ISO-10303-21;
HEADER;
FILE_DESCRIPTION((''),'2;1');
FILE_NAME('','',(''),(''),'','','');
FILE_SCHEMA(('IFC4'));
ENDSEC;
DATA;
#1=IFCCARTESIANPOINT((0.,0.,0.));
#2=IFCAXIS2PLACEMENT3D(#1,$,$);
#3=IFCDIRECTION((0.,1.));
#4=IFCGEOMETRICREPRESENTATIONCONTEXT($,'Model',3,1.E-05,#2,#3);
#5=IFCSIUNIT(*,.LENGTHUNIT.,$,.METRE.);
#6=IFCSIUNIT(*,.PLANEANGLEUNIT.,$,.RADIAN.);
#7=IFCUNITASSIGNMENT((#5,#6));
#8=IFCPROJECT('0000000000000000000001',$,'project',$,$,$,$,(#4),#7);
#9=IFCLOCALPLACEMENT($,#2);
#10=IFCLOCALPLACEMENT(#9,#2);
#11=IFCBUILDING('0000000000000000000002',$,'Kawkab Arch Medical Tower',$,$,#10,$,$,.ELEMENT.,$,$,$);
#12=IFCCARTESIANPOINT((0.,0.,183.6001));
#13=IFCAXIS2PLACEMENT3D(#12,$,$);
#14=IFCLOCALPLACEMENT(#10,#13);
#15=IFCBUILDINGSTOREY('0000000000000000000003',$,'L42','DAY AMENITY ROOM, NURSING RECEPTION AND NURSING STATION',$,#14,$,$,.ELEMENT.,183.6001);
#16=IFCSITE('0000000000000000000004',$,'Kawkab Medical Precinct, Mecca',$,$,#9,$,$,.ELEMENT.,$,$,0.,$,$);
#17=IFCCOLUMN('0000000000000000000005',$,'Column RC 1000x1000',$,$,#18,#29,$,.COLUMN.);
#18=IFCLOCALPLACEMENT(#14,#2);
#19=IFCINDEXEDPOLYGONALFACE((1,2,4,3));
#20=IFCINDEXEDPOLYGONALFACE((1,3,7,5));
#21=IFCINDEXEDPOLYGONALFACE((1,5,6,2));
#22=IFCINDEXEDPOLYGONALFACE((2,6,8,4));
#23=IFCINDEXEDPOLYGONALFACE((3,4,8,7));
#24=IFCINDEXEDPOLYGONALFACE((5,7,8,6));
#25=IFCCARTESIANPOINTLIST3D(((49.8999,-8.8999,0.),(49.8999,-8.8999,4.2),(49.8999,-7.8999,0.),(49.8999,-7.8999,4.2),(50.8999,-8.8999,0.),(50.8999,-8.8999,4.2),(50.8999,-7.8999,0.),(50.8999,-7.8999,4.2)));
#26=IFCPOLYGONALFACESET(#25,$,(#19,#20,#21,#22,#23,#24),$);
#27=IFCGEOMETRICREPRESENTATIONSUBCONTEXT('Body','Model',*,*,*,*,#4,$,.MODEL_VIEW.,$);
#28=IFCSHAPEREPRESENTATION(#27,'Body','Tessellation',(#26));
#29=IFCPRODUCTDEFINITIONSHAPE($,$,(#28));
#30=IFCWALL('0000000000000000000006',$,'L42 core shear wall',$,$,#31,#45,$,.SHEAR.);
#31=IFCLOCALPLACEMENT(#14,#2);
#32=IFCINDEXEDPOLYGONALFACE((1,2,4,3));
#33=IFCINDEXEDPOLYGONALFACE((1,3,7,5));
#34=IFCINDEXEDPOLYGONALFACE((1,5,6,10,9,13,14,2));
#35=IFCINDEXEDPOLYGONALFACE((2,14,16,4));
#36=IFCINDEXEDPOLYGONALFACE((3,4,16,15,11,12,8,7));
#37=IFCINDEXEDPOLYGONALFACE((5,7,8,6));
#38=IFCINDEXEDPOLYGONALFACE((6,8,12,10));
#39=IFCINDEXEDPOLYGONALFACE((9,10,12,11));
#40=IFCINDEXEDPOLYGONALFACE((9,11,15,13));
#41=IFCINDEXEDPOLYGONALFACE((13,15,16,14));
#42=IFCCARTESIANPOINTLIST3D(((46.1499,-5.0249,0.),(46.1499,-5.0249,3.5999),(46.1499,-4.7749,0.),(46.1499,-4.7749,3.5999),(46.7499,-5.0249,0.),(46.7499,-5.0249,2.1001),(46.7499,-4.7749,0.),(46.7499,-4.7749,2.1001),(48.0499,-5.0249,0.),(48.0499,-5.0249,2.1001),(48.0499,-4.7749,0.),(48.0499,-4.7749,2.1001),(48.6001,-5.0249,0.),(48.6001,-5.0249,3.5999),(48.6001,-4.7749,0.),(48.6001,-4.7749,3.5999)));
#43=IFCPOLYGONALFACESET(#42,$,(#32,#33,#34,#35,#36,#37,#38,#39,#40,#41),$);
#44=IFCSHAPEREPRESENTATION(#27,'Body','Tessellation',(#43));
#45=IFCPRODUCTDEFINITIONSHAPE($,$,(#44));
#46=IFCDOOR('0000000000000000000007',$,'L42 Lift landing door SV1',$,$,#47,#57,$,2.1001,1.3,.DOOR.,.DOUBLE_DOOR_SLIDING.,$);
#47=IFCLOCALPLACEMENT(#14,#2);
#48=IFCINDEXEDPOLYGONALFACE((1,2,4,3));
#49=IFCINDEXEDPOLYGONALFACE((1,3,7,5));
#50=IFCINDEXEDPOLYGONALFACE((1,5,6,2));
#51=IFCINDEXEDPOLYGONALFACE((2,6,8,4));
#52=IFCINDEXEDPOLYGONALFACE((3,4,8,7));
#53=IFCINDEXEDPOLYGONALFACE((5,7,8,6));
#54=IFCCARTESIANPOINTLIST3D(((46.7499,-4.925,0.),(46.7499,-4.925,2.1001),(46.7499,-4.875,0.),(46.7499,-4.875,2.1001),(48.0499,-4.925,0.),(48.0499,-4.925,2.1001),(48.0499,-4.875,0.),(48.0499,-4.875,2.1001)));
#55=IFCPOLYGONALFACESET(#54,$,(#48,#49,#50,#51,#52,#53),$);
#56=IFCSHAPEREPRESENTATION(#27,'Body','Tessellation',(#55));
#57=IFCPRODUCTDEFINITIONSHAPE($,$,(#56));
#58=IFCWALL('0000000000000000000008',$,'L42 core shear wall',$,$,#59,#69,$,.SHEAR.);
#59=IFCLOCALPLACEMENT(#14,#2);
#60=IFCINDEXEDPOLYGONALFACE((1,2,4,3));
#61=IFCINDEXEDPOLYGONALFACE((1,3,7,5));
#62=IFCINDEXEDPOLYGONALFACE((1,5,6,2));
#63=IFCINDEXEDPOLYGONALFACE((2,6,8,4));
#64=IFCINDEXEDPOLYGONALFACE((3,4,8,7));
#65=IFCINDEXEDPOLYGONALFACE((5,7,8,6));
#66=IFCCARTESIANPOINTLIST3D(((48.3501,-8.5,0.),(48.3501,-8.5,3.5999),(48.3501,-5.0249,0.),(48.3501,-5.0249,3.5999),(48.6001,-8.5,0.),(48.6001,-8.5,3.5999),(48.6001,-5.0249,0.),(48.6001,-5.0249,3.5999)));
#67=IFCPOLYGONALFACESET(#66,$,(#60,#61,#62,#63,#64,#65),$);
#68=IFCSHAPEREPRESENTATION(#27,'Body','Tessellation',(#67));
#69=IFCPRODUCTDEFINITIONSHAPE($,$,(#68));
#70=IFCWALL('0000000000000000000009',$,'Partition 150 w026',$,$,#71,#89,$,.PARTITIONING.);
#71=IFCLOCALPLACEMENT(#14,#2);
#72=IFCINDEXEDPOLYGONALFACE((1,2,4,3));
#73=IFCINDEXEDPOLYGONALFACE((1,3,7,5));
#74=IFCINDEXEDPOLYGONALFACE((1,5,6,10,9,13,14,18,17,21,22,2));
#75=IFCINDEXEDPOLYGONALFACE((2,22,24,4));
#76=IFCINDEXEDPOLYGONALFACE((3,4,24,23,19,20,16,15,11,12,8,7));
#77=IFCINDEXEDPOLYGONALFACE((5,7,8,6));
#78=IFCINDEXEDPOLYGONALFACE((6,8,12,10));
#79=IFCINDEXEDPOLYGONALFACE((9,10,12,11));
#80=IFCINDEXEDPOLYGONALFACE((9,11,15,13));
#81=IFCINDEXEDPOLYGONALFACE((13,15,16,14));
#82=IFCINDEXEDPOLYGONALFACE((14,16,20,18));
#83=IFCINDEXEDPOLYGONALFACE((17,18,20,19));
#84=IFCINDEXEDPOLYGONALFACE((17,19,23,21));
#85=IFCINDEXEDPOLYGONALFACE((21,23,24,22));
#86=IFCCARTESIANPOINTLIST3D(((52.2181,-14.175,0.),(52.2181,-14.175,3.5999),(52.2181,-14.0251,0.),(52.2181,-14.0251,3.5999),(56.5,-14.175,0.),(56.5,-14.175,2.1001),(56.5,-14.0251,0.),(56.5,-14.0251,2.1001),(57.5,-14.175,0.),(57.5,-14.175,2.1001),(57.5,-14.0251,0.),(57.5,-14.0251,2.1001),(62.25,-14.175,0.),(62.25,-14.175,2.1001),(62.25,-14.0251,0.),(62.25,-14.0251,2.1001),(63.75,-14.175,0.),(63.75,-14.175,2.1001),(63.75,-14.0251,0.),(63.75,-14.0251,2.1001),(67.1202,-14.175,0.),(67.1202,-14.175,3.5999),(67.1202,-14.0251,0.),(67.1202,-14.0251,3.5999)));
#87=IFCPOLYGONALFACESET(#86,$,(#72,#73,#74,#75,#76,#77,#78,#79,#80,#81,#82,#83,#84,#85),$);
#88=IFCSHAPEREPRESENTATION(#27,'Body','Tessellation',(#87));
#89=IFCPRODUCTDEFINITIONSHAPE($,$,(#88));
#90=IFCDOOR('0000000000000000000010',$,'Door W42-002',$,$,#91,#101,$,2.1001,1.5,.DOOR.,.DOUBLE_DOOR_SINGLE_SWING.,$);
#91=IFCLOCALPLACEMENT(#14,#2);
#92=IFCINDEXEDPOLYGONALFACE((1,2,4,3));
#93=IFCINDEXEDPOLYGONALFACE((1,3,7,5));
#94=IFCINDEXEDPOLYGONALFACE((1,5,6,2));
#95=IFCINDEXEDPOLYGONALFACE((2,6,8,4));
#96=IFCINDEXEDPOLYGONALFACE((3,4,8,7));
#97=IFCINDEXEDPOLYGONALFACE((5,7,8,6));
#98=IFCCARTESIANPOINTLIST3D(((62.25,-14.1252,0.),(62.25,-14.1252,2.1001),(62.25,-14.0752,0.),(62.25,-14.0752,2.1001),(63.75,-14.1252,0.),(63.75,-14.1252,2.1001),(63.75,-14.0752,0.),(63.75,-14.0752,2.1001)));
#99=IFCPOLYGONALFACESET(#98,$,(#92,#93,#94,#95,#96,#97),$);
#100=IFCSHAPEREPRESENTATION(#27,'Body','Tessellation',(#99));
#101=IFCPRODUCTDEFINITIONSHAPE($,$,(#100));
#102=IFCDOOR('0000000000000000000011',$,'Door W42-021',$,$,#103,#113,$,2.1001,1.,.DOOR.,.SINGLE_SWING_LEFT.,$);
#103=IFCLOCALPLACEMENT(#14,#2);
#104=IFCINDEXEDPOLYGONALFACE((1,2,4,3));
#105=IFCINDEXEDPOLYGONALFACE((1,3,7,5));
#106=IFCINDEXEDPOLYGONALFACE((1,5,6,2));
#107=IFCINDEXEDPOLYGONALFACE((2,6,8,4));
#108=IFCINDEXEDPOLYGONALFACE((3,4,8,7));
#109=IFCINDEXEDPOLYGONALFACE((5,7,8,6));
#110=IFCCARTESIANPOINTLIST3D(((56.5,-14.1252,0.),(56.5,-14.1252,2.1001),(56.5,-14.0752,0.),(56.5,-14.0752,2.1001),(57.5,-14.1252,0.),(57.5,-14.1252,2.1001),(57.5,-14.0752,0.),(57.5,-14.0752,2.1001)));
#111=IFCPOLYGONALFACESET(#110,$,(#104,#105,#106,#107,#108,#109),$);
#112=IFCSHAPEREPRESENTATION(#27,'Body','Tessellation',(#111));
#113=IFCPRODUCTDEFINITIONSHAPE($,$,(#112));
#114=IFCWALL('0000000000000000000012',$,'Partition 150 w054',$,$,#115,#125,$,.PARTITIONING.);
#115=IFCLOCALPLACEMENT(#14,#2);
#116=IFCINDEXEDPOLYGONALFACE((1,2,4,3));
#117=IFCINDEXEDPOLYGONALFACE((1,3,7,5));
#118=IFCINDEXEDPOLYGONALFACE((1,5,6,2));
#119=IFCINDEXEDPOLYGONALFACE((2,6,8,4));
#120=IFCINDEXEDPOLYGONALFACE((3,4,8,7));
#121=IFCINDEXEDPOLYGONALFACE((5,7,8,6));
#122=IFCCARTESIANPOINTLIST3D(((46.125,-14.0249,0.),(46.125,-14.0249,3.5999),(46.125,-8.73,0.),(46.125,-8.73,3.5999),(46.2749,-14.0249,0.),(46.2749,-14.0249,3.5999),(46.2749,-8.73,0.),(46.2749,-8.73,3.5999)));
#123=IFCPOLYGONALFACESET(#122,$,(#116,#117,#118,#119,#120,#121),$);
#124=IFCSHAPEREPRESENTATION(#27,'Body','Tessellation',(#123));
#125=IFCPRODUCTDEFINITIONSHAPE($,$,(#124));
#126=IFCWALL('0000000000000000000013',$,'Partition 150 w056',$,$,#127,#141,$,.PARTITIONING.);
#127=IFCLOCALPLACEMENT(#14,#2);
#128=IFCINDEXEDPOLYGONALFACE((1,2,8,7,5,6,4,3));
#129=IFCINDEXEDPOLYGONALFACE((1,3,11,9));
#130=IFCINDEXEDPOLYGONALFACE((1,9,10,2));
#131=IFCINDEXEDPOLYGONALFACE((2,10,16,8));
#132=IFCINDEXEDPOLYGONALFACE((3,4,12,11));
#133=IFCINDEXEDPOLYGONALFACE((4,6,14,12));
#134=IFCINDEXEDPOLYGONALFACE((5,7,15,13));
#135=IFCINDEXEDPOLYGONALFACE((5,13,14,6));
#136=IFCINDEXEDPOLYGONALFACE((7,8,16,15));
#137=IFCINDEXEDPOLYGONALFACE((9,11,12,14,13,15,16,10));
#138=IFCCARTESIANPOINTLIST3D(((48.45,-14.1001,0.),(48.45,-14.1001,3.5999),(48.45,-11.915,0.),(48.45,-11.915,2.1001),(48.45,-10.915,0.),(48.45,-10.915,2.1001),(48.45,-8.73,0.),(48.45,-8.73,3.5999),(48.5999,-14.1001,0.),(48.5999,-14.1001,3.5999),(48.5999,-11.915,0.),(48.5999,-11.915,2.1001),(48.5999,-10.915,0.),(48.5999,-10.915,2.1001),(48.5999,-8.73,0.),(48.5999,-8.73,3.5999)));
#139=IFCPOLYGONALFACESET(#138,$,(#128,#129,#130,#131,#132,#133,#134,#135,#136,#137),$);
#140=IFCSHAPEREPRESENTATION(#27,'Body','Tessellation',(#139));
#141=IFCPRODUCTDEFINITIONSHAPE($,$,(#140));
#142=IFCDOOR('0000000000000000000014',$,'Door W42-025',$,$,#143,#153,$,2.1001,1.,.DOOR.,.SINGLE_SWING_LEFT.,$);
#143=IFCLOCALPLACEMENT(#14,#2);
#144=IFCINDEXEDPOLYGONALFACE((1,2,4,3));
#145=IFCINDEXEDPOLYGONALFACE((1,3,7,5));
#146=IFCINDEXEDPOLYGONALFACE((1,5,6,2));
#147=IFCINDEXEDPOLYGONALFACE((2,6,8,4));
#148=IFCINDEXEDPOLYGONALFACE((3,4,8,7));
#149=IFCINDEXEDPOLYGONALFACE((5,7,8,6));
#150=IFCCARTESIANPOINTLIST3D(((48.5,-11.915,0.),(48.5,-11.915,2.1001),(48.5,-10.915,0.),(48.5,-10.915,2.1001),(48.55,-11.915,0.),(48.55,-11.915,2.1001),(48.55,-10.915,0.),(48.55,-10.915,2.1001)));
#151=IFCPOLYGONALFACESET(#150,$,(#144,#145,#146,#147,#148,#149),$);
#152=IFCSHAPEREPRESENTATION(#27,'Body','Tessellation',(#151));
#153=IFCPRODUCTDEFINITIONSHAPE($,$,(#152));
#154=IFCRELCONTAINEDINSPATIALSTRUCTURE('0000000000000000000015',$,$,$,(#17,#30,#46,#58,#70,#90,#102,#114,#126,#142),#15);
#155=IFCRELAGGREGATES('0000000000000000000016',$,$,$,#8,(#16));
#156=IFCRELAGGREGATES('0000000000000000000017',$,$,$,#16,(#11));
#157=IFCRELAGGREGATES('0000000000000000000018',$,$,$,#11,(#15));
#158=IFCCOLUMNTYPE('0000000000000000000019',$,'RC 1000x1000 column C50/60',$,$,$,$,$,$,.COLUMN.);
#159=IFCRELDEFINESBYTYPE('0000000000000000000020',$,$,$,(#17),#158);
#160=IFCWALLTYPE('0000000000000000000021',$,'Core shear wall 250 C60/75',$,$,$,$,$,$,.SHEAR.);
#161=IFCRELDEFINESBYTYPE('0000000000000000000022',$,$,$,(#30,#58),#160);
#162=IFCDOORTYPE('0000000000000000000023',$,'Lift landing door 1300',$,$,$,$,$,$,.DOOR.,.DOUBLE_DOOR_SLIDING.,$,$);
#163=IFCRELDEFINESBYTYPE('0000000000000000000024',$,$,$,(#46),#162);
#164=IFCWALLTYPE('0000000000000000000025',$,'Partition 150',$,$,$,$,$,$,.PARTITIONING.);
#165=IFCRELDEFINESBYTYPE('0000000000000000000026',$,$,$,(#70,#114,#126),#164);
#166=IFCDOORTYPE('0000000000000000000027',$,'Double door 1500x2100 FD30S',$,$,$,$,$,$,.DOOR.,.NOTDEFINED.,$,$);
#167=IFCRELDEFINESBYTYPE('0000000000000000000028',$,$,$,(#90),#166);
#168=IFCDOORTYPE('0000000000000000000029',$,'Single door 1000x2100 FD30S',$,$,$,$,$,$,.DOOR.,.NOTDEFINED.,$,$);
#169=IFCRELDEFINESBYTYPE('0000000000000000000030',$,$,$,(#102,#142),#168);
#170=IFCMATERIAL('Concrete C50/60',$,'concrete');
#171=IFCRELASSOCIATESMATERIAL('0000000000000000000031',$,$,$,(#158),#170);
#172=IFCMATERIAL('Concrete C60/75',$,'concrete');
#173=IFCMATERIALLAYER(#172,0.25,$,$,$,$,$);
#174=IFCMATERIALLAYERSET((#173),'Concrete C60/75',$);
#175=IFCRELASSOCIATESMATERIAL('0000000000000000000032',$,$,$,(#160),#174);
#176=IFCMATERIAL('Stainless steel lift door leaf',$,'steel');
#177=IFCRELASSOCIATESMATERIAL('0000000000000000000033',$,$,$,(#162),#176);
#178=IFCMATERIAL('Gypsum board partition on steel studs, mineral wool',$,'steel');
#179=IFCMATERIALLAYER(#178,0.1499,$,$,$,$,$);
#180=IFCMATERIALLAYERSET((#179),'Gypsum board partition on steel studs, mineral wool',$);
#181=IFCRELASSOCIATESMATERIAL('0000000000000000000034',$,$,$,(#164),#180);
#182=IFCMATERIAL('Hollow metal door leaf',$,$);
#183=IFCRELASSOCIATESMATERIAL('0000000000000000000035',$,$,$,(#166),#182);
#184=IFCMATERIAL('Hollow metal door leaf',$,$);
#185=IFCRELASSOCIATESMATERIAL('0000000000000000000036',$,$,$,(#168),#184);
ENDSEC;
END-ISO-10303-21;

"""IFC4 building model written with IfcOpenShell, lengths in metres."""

from ifc_helpers import new_model, si_unit, direction, frame, frame_2d, origin, origin_2d, place, context, subcontext, project, spatial, rectangle, extrude, material, layer, layer_set, material_profile, profile_set, type_object, element, fill, save


model = new_model("IFC4")

# Units and contexts
model_context = context("Model", 3, precision=1e-05, world=origin(), true_north=direction((0.0, 1.0)))
body_context = subcontext(model_context, "Body", "Model", "MODEL_VIEW")
ifc_project = project(units=[si_unit("LENGTHUNIT", "METRE"), si_unit("PLANEANGLEUNIT", "RADIAN")], contexts=[model_context])

# Site, building, storey
site_placement = place(None, origin())
site = spatial("IfcSite", under=ifc_project, at=site_placement, Name="Kawkab Medical Precinct, Mecca", CompositionType="ELEMENT", RefElevation=0.0)
building_placement = place(site_placement, origin())
building = spatial("IfcBuilding", under=site, at=building_placement, Name="Kawkab Arch Medical Tower", CompositionType="ELEMENT")
storey_placement = place(building_placement, frame((0.0, 0.0, 183.6001)))
storey = spatial("IfcBuildingStorey", under=building, at=storey_placement, Name="L42", Description="DAY AMENITY ROOM, NURSING RECEPTION AND NURSING STATION", CompositionType="ELEMENT", Elevation=183.6001)

# Column
ifc_material_1 = material(Name="Concrete C50/60", Category="concrete")
ifc_material_profile = material_profile(ifc_material_1, rectangle(XDim=1.0, YDim=1.0, at=origin_2d()), Name="RC 1000x1000")
ifc_profile_set = profile_set([ifc_material_profile], Name="Concrete C50/60")
column_type = type_object("IfcColumnType", Name="RC 1000x1000 column C50/60", PredefinedType="COLUMN", material=ifc_profile_set)
column_placement = place(storey_placement, frame((50.3999, -8.3999, 0.0), z_axis=(0.0, 0.0, 1.0), x_axis=(1.0, 0.0, 0.0)))
element("IfcColumn", 1, at=column_placement, inside=storey, type_object=column_type, Name="Column RC 1000x1000", PredefinedType="COLUMN", context=body_context, shape_type="SweptSolid", body=[
    extrude(rectangle(XDim=1.0, YDim=1.0, at=origin_2d()), origin(), (0.0, 0.0, 1.0), 4.2),
])

# Wall, opening, door
ifc_material_2 = material(Name="Concrete C60/75", Category="concrete")
ifc_layer_1 = layer(ifc_material_2, 0.25)
ifc_layer_set_1 = layer_set([ifc_layer_1], Name="Concrete C60/75")
wall_type_1 = type_object("IfcWallType", Name="Core shear wall 250 C60/75", PredefinedType="SHEAR", material=ifc_layer_set_1)
wall_1_placement = place(storey_placement, frame((46.1499, -4.8999, 0.0), z_axis=(0.0, 0.0, 1.0), x_axis=(1.0, 0.0, 0.0)))
wall_1 = element("IfcWall", 2, at=wall_1_placement, inside=storey, type_object=wall_type_1, Name="L42 core shear wall", PredefinedType="SHEAR", context=body_context, shape_type="SweptSolid", body=[
    extrude(rectangle(XDim=2.4502, YDim=0.25, at=frame_2d((1.2251, 0.0))), origin(), (0.0, 0.0, 1.0), 3.5999),
])
opening_1_placement = place(wall_1_placement, frame((0.6001, 0.0, 0.0)))
opening_1 = element("IfcOpeningElement", 3, at=opening_1_placement, cuts=wall_1, PredefinedType="OPENING", context=body_context, shape_type="SweptSolid", body=[
    extrude(rectangle(XDim=1.3, YDim=2.1001, at=frame_2d((0.6499, 1.05))), frame((0.0, 0.135, 0.0), z_axis=(0.0, -1.0, 0.0), x_axis=(1.0, 0.0, 0.0)), (0.0, 0.0, 1.0), 0.27),
])
ifc_material_3 = material(Name="Stainless steel lift door leaf", Category="steel")
door_type_1 = type_object("IfcDoorType", Name="Lift landing door 1300", OperationType="DOUBLE_DOOR_SLIDING", PredefinedType="DOOR", material=ifc_material_3)
door_1_placement = place(opening_1_placement, origin())
door_1 = element("IfcDoor", 4, at=door_1_placement, inside=storey, type_object=door_type_1, Name="L42 Lift landing door SV1", OperationType="DOUBLE_DOOR_SLIDING", OverallHeight=2.1001, OverallWidth=1.3, PredefinedType="DOOR", context=body_context, shape_type="SweptSolid", body=[
    extrude(rectangle(XDim=1.3, YDim=2.1001, at=frame_2d((0.6499, 1.05))), frame((0.0, 0.0249, 0.0), z_axis=(0.0, -1.0, 0.0), x_axis=(1.0, 0.0, 0.0)), (0.0, 0.0, 1.0), 0.05),
])
fill(opening_1, door_1)

# Wall
wall_2_placement = place(storey_placement, frame((48.4751, -8.5, 0.0), z_axis=(0.0, 0.0, 1.0), x_axis=(0.0, 1.0, 0.0)))
element("IfcWall", 5, at=wall_2_placement, inside=storey, type_object=wall_type_1, Name="L42 core shear wall", PredefinedType="SHEAR", context=body_context, shape_type="SweptSolid", body=[
    extrude(rectangle(XDim=3.4751, YDim=0.25, at=frame_2d((1.7375, 0.0))), origin(), (0.0, 0.0, 1.0), 3.5999),
])

# Wall, openings, doors
ifc_material_4 = material(Name="Gypsum board partition on steel studs, mineral wool", Category="steel")
ifc_layer_2 = layer(ifc_material_4, 0.1499)
ifc_layer_set_2 = layer_set([ifc_layer_2], Name="Gypsum board partition on steel studs, mineral wool")
wall_type_2 = type_object("IfcWallType", Name="Partition 150", PredefinedType="PARTITIONING", material=ifc_layer_set_2)
wall_3_placement = place(storey_placement, frame((52.218, -14.1001, 0.0), z_axis=(0.0, 0.0, 1.0), x_axis=(1.0, 0.0, 0.0)))
wall_3 = element("IfcWall", 6, at=wall_3_placement, inside=storey, type_object=wall_type_2, Name="Partition 150 w026", PredefinedType="PARTITIONING", context=body_context, shape_type="SweptSolid", body=[
    extrude(rectangle(XDim=14.9021, YDim=0.1499, at=frame_2d((7.4512, 0.0))), origin(), (0.0, 0.0, 1.0), 3.5999),
])
opening_2_placement = place(wall_3_placement, frame((4.282, 0.0, 0.0)))
opening_2 = element("IfcOpeningElement", 7, at=opening_2_placement, cuts=wall_3, PredefinedType="OPENING", context=body_context, shape_type="SweptSolid", body=[
    extrude(rectangle(XDim=1.0, YDim=2.1001, at=frame_2d((0.5, 1.05))), frame((0.0, 0.085, 0.0), z_axis=(0.0, -1.0, 0.0), x_axis=(1.0, 0.0, 0.0)), (0.0, 0.0, 1.0), 0.1699),
])
opening_3_placement = place(wall_3_placement, frame((10.032, 0.0, 0.0)))
opening_3 = element("IfcOpeningElement", 8, at=opening_3_placement, cuts=wall_3, PredefinedType="OPENING", context=body_context, shape_type="SweptSolid", body=[
    extrude(rectangle(XDim=1.5, YDim=2.1001, at=frame_2d((0.75, 1.05))), frame((0.0, 0.085, 0.0), z_axis=(0.0, -1.0, 0.0), x_axis=(1.0, 0.0, 0.0)), (0.0, 0.0, 1.0), 0.1699),
])
ifc_material_5 = material(Name="Hollow metal door leaf")
door_type_2 = type_object("IfcDoorType", Name="Double door 1500x2100 FD30S", OperationType="NOTDEFINED", PredefinedType="DOOR", material=ifc_material_5)
door_2_placement = place(opening_3_placement, origin())
door_2 = element("IfcDoor", 9, at=door_2_placement, inside=storey, type_object=door_type_2, Name="Door W42-002", OperationType="DOUBLE_DOOR_SINGLE_SWING", OverallHeight=2.1001, OverallWidth=1.5, PredefinedType="DOOR", context=body_context, shape_type="SweptSolid", body=[
    extrude(rectangle(XDim=1.5, YDim=2.1001, at=frame_2d((0.75, 1.05))), frame((0.0, 0.0249, 0.0), z_axis=(0.0, -1.0, 0.0), x_axis=(1.0, 0.0, 0.0)), (0.0, 0.0, 1.0), 0.05),
])
fill(opening_3, door_2)
ifc_material_6 = material(Name="Hollow metal door leaf")
door_type_3 = type_object("IfcDoorType", Name="Single door 1000x2100 FD30S", OperationType="NOTDEFINED", PredefinedType="DOOR", material=ifc_material_6)
door_3_placement = place(opening_2_placement, origin())
door_3 = element("IfcDoor", 10, at=door_3_placement, inside=storey, type_object=door_type_3, Name="Door W42-021", OperationType="SINGLE_SWING_LEFT", OverallHeight=2.1001, OverallWidth=1.0, PredefinedType="DOOR", context=body_context, shape_type="SweptSolid", body=[
    extrude(rectangle(XDim=1.0, YDim=2.1001, at=frame_2d((0.5, 1.05))), frame((0.0, 0.0249, 0.0), z_axis=(0.0, -1.0, 0.0), x_axis=(1.0, 0.0, 0.0)), (0.0, 0.0, 1.0), 0.05),
])
fill(opening_2, door_3)

# Wall
wall_4_placement = place(storey_placement, frame((46.2, -14.0249, 0.0), z_axis=(0.0, 0.0, 1.0), x_axis=(0.0, 1.0, 0.0)))
element("IfcWall", 11, at=wall_4_placement, inside=storey, type_object=wall_type_2, Name="Partition 150 w054", PredefinedType="PARTITIONING", context=body_context, shape_type="SweptSolid", body=[
    extrude(rectangle(XDim=5.2949, YDim=0.1499, at=frame_2d((2.6475, 0.0))), origin(), (0.0, 0.0, 1.0), 3.5999),
])

# Wall, opening, door
wall_5_placement = place(storey_placement, frame((48.5249, -14.1001, 0.0), z_axis=(0.0, 0.0, 1.0), x_axis=(0.0, 1.0, 0.0)))
wall_5 = element("IfcWall", 12, at=wall_5_placement, inside=storey, type_object=wall_type_2, Name="Partition 150 w056", PredefinedType="PARTITIONING", context=body_context, shape_type="SweptSolid", body=[
    extrude(rectangle(XDim=5.3701, YDim=0.1499, at=frame_2d((2.6851, 0.0))), origin(), (0.0, 0.0, 1.0), 3.5999),
])
opening_4_placement = place(wall_5_placement, frame((2.1851, 0.0, 0.0)))
opening_4 = element("IfcOpeningElement", 13, at=opening_4_placement, cuts=wall_5, PredefinedType="OPENING", context=body_context, shape_type="SweptSolid", body=[
    extrude(rectangle(XDim=1.0, YDim=2.1001, at=frame_2d((0.5, 1.05))), frame((0.0, 0.085, 0.0), z_axis=(0.0, -1.0, 0.0), x_axis=(1.0, 0.0, 0.0)), (0.0, 0.0, 1.0), 0.1699),
])
door_4_placement = place(opening_4_placement, origin())
door_4 = element("IfcDoor", 14, at=door_4_placement, inside=storey, type_object=door_type_3, Name="Door W42-025", OperationType="SINGLE_SWING_LEFT", OverallHeight=2.1001, OverallWidth=1.0, PredefinedType="DOOR", context=body_context, shape_type="SweptSolid", body=[
    extrude(rectangle(XDim=1.0, YDim=2.1001, at=frame_2d((0.5, 1.05))), frame((0.0, 0.0249, 0.0), z_axis=(0.0, -1.0, 0.0), x_axis=(1.0, 0.0, 0.0)), (0.0, 0.0, 1.0), 0.05),
])
fill(opening_4, door_4)

save(model, "model.ifc")
